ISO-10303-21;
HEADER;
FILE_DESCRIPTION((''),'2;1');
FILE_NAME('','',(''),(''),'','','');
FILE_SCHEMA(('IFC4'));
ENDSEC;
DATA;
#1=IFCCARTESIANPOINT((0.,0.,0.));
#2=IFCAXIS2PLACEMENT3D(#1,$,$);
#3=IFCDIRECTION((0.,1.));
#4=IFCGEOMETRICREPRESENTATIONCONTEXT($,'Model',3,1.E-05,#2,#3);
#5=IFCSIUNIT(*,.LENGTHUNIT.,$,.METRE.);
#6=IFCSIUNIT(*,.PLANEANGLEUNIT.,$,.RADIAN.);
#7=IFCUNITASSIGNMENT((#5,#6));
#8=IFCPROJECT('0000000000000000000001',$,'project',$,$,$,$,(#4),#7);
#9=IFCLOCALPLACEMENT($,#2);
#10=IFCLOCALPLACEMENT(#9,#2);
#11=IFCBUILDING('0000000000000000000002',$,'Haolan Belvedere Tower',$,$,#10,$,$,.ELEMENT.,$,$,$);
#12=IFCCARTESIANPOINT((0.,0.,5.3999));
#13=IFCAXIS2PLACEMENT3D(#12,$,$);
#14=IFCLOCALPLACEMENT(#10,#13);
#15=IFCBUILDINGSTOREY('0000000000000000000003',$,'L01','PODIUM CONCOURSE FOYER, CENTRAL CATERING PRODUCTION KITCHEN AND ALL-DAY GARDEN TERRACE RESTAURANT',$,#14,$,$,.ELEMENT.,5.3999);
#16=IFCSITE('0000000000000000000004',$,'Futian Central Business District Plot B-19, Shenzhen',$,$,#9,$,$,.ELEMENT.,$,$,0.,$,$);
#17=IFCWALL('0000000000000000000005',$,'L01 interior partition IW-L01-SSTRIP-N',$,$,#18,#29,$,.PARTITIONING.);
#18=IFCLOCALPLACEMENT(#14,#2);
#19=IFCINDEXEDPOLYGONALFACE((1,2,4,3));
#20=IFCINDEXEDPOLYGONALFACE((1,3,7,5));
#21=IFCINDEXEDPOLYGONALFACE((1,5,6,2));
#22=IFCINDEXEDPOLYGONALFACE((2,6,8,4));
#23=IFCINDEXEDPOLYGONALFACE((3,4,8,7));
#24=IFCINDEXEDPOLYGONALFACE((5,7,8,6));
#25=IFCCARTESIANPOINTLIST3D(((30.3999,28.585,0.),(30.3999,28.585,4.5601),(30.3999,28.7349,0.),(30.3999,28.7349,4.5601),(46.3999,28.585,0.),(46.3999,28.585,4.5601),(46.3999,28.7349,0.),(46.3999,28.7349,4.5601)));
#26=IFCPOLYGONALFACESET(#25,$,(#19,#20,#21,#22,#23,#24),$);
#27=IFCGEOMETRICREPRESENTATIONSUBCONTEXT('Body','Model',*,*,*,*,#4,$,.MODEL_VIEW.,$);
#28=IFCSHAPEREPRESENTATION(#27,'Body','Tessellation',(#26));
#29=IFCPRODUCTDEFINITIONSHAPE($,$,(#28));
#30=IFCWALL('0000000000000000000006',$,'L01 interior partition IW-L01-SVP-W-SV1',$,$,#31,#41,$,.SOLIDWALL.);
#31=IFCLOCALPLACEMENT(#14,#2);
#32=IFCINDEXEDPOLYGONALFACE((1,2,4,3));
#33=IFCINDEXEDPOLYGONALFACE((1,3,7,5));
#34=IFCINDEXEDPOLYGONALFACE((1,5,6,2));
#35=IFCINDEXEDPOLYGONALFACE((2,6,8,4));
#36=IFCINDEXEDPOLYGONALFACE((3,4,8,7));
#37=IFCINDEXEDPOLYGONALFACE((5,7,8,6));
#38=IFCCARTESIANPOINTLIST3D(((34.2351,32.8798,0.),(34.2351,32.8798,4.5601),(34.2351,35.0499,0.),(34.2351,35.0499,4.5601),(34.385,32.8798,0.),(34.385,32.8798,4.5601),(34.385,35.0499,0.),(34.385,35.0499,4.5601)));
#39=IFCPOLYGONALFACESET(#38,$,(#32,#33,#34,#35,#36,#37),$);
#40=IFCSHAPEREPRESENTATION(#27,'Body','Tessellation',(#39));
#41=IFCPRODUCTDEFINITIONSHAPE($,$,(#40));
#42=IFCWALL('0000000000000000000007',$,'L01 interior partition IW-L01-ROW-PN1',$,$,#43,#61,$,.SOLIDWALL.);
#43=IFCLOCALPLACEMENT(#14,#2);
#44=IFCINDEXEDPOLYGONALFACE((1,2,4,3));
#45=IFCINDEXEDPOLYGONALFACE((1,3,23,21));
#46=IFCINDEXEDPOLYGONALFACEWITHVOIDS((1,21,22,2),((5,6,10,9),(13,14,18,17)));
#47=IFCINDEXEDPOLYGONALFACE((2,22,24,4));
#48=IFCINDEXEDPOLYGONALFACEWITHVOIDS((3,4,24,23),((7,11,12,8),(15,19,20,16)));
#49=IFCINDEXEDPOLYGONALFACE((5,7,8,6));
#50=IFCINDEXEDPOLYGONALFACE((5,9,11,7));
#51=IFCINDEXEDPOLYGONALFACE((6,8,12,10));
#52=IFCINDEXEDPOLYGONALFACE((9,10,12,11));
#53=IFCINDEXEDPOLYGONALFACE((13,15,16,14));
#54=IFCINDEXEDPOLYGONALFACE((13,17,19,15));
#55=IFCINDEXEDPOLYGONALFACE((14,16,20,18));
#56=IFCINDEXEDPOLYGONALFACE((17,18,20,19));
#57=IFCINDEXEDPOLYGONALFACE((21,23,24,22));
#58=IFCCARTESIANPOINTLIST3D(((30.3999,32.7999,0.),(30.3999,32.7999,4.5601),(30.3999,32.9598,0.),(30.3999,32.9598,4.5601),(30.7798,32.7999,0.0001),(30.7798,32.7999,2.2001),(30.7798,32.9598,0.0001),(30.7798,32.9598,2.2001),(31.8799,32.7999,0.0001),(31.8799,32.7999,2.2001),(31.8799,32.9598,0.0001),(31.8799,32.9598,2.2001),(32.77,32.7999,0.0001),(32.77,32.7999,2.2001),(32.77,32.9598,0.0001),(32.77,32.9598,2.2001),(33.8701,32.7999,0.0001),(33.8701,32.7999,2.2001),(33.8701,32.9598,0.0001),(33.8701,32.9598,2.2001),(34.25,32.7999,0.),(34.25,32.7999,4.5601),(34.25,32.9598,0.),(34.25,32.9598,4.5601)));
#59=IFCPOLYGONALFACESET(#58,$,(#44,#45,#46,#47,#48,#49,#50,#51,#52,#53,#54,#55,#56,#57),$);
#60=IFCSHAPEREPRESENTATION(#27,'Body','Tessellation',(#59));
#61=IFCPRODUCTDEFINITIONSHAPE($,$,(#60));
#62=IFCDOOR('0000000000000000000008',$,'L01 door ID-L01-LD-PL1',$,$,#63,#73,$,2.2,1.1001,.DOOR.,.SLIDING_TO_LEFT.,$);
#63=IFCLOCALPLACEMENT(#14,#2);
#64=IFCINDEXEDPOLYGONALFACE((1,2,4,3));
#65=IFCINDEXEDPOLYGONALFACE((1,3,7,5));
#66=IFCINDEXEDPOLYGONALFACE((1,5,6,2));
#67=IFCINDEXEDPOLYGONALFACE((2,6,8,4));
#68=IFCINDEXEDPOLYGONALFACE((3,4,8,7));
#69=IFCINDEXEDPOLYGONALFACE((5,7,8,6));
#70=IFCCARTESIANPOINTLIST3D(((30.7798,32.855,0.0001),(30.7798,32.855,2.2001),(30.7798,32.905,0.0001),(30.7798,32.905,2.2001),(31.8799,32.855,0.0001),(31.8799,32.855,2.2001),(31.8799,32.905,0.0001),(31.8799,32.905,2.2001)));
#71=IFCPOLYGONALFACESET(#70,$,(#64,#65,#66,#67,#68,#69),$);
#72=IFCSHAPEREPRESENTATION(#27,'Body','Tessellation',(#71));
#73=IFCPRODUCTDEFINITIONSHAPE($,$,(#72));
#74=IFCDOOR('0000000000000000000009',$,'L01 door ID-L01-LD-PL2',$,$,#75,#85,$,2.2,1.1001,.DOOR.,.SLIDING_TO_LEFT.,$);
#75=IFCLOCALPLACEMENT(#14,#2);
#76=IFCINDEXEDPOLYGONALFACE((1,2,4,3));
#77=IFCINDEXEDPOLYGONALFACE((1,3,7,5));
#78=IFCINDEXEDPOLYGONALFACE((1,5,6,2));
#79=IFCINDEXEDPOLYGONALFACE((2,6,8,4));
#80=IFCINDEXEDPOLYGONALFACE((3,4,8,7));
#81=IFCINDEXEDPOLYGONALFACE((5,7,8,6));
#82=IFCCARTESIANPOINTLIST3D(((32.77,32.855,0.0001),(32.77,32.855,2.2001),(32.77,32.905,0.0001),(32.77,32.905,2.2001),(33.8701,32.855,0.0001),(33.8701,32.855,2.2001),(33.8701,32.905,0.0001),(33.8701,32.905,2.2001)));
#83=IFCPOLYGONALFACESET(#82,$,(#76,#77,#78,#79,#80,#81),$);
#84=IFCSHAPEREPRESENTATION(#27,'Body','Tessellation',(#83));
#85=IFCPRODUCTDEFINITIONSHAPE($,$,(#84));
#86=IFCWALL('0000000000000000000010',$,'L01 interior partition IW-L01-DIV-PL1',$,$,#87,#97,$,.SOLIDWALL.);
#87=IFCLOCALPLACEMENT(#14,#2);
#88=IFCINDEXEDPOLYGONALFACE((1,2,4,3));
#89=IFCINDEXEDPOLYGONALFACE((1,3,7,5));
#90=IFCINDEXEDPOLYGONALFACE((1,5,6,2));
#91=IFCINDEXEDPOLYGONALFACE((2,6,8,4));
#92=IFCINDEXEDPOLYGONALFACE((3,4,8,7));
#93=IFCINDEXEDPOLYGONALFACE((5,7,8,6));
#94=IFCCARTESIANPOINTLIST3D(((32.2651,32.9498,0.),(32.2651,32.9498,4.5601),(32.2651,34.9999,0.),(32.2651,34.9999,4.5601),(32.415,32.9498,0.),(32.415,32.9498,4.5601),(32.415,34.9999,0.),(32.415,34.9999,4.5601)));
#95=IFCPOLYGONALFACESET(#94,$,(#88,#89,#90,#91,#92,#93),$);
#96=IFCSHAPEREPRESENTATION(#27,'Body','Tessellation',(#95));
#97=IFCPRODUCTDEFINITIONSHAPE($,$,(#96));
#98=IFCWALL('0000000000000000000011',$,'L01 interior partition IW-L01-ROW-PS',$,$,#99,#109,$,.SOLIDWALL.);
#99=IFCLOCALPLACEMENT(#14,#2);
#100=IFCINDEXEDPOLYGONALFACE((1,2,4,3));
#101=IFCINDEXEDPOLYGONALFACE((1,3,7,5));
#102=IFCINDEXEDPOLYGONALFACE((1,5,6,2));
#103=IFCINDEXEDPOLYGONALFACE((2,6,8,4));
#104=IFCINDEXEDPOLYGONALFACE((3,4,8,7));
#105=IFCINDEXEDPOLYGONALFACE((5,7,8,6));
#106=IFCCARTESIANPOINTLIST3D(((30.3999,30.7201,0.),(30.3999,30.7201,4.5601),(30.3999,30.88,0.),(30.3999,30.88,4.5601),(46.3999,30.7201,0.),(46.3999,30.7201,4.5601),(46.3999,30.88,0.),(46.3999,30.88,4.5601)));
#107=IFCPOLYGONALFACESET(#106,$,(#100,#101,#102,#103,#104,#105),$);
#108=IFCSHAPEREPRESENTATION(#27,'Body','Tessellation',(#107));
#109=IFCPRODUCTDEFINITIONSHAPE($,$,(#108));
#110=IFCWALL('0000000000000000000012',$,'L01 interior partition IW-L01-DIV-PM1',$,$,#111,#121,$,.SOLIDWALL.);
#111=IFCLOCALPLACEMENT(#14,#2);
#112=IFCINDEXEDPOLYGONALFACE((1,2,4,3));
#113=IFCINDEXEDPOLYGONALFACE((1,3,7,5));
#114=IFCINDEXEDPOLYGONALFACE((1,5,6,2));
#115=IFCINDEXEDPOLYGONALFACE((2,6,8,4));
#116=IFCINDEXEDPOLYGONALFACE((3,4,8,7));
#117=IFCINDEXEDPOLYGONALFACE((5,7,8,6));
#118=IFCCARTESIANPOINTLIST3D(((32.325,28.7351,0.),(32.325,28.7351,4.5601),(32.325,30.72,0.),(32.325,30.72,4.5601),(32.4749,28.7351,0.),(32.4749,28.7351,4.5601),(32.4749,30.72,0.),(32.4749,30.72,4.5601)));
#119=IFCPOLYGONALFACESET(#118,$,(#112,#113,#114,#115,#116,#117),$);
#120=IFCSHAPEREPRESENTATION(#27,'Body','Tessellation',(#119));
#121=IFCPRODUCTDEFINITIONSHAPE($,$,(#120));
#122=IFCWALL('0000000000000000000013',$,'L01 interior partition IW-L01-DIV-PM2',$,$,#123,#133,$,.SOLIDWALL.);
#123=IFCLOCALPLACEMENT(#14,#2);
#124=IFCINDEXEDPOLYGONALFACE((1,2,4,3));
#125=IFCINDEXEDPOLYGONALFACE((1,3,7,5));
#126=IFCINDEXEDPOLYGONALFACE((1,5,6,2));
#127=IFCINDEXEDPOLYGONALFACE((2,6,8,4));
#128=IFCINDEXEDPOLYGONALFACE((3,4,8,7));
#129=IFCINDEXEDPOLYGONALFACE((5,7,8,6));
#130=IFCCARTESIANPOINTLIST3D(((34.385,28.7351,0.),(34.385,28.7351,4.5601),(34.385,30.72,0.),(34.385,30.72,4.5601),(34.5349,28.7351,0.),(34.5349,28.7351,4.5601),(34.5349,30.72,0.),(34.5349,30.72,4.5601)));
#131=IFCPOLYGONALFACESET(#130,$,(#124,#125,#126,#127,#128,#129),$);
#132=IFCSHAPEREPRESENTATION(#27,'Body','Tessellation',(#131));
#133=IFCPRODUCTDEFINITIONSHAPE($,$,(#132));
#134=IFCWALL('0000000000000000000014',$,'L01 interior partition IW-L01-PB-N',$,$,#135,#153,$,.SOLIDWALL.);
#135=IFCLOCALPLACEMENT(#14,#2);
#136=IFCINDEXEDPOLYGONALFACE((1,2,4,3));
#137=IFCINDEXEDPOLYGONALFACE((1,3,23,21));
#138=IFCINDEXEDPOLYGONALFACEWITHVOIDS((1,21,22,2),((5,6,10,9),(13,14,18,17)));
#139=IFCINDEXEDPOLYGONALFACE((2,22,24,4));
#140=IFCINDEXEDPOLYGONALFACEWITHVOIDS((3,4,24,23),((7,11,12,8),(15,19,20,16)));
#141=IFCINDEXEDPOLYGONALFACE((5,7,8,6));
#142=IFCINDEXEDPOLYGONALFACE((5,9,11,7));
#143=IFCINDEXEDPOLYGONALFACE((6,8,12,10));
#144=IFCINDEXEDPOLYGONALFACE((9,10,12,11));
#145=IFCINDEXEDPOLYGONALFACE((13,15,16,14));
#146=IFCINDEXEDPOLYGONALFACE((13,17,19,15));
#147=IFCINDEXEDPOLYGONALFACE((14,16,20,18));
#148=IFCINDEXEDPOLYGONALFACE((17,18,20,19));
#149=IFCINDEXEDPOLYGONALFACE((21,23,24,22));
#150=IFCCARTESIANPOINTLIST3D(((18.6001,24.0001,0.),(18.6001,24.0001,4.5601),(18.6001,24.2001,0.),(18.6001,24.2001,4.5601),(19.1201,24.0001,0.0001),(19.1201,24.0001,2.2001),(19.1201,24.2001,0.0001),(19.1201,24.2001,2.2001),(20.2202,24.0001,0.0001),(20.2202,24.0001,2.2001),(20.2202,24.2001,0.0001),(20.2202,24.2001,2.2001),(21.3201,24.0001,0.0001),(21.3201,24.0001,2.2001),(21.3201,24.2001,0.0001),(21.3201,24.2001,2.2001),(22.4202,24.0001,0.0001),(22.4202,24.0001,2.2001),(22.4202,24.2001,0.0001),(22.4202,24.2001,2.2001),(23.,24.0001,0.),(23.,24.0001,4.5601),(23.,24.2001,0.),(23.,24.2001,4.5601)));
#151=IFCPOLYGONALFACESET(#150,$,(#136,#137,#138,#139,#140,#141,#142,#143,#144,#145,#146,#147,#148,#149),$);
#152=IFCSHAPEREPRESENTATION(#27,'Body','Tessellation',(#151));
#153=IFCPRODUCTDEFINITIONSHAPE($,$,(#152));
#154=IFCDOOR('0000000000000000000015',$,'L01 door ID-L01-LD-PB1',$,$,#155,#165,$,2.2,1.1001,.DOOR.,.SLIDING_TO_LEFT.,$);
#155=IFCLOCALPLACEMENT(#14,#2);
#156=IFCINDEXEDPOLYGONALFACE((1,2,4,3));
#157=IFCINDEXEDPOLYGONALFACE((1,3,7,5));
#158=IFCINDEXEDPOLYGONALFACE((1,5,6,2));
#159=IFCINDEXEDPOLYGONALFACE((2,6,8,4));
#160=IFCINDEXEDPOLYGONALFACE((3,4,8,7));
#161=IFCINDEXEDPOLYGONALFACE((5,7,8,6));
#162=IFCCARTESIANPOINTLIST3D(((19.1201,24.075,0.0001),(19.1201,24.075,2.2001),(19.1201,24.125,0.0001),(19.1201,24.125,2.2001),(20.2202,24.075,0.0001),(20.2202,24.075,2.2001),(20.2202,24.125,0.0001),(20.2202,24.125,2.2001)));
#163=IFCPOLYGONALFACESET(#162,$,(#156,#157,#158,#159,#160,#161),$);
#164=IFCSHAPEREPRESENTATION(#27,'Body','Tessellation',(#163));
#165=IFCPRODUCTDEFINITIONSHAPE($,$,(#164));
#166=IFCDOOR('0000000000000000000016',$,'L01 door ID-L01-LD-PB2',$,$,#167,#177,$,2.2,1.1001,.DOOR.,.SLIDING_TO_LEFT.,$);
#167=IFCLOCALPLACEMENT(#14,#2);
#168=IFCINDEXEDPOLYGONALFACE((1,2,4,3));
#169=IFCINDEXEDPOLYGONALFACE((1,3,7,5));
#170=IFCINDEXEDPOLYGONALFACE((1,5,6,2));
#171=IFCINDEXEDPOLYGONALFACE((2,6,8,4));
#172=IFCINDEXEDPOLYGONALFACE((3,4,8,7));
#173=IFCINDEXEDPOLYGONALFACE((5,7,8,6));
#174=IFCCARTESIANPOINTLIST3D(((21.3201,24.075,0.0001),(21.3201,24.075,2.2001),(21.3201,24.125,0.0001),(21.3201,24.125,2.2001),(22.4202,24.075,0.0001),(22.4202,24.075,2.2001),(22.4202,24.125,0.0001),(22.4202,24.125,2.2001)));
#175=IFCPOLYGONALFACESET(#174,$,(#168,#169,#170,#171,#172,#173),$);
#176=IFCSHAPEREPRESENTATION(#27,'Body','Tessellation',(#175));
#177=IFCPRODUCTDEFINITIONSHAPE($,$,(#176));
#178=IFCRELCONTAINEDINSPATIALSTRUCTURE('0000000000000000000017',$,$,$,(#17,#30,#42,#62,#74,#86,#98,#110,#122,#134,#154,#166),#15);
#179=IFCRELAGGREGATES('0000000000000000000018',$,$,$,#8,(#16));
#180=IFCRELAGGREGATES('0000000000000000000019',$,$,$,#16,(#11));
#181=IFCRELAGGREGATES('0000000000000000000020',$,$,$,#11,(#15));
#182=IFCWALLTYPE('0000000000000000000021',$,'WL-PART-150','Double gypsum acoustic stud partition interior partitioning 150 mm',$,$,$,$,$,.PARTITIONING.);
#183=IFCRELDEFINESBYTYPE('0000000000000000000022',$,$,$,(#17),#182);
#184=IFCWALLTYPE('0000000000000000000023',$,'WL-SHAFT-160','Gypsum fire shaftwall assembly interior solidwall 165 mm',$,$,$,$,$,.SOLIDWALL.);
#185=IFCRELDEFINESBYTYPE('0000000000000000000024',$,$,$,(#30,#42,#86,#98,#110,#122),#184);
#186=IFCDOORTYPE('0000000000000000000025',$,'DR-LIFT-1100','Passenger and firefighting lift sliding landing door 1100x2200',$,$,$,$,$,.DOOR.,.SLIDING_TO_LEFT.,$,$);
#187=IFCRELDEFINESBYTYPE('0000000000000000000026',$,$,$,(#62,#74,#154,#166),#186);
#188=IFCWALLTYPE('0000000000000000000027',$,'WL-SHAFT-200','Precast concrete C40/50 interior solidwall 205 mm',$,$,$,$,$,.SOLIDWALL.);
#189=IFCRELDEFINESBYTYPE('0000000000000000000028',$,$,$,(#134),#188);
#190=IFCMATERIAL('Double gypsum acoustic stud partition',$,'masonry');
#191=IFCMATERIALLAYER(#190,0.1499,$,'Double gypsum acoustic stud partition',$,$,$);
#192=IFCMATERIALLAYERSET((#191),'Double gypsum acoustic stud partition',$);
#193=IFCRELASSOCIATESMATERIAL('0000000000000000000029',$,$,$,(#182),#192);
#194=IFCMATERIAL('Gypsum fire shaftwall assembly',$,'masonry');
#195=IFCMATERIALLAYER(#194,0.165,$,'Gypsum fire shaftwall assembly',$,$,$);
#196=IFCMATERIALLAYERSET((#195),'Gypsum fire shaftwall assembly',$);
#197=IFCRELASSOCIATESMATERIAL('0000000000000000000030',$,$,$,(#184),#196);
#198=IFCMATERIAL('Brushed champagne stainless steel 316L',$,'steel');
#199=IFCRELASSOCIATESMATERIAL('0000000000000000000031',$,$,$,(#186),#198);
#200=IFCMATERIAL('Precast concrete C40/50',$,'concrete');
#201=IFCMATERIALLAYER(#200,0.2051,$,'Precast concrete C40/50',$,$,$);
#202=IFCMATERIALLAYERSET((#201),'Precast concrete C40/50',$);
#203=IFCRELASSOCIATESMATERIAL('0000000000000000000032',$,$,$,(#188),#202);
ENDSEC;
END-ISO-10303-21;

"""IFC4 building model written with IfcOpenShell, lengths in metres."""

from ifc_helpers import new_model, si_unit, direction, frame, frame_2d, origin, place, context, subcontext, project, spatial, rectangle, extrude, material, layer, layer_set, type_object, element, fill, save


model = new_model("IFC4")

# Units and contexts
model_context = context("Model", 3, precision=1e-05, world=origin(), true_north=direction((0.0, 1.0)))
body_context = subcontext(model_context, "Body", "Model", "MODEL_VIEW")
ifc_project = project(units=[si_unit("LENGTHUNIT", "METRE"), si_unit("PLANEANGLEUNIT", "RADIAN")], contexts=[model_context])

# Site, building, storey
site_placement = place(None, origin())
site = spatial("IfcSite", under=ifc_project, at=site_placement, Name="Futian Central Business District Plot B-19, Shenzhen", CompositionType="ELEMENT", RefElevation=0.0)
building_placement = place(site_placement, origin())
building = spatial("IfcBuilding", under=site, at=building_placement, Name="Haolan Belvedere Tower", CompositionType="ELEMENT")
storey_placement = place(building_placement, frame((0.0, 0.0, 5.3999)))
storey = spatial("IfcBuildingStorey", under=building, at=storey_placement, Name="L01", Description="PODIUM CONCOURSE FOYER, CENTRAL CATERING PRODUCTION KITCHEN AND ALL-DAY GARDEN TERRACE RESTAURANT", CompositionType="ELEMENT", Elevation=5.3999)

# Walls
ifc_material_1 = material(Name="Double gypsum acoustic stud partition", Category="masonry")
ifc_layer_1 = layer(ifc_material_1, 0.1499, Name="Double gypsum acoustic stud partition")
ifc_layer_set_1 = layer_set([ifc_layer_1], Name="Double gypsum acoustic stud partition")
wall_type_1 = type_object("IfcWallType", Name="WL-PART-150", Description="Double gypsum acoustic stud partition interior partitioning 150 mm", PredefinedType="PARTITIONING", material=ifc_layer_set_1)
wall_1_placement = place(storey_placement, frame((30.3999, 28.6599, 0.0), z_axis=(0.0, 0.0, 1.0), x_axis=(1.0, 0.0, 0.0)))
element("IfcWall", 1, at=wall_1_placement, inside=storey, type_object=wall_type_1, Name="L01 interior partition IW-L01-SSTRIP-N", PredefinedType="PARTITIONING", context=body_context, shape_type="SweptSolid", body=[
    extrude(rectangle(XDim=16.0, YDim=0.1499, at=frame_2d((8.0, 0.0))), origin(), (0.0, 0.0, 1.0), 4.5601),
])
ifc_material_2 = material(Name="Gypsum fire shaftwall assembly", Category="masonry")
ifc_layer_2 = layer(ifc_material_2, 0.165, Name="Gypsum fire shaftwall assembly")
ifc_layer_set_2 = layer_set([ifc_layer_2], Name="Gypsum fire shaftwall assembly")
wall_type_2 = type_object("IfcWallType", Name="WL-SHAFT-160", Description="Gypsum fire shaftwall assembly interior solidwall 165 mm", PredefinedType="SOLIDWALL", material=ifc_layer_set_2)
wall_2_placement = place(storey_placement, frame((34.3101, 32.8799, 0.0), z_axis=(0.0, 0.0, 1.0), x_axis=(0.0, 1.0, 0.0)))
element("IfcWall", 2, at=wall_2_placement, inside=storey, type_object=wall_type_2, Name="L01 interior partition IW-L01-SVP-W-SV1", PredefinedType="SOLIDWALL", context=body_context, shape_type="SweptSolid", body=[
    extrude(rectangle(XDim=2.1702, YDim=0.1499, at=frame_2d((1.085, 0.0))), origin(), (0.0, 0.0, 1.0), 4.5601),
])

# Wall, openings, doors
wall_3_placement = place(storey_placement, frame((30.3999, 32.8799, 0.0), z_axis=(0.0, 0.0, 1.0), x_axis=(1.0, 0.0, 0.0)))
wall_3 = element("IfcWall", 3, at=wall_3_placement, inside=storey, type_object=wall_type_2, Name="L01 interior partition IW-L01-ROW-PN1", PredefinedType="SOLIDWALL", context=body_context, shape_type="SweptSolid", body=[
    extrude(rectangle(XDim=3.8501, YDim=0.1599, at=frame_2d((1.925, 0.0))), origin(), (0.0, 0.0, 1.0), 4.5601),
])
opening_1_placement = place(wall_3_placement, frame((1.48, 0.0, 0.0), z_axis=(0.0, 0.0, 1.0), x_axis=(-1.0, 0.0, 0.0)))
opening_1 = element("IfcOpeningElement", 4, at=opening_1_placement, cuts=wall_3, PredefinedType="OPENING", context=body_context, shape_type="SweptSolid", body=[
    extrude(rectangle(XDim=1.1001, YDim=2.2, at=frame_2d((0.55, 1.1001))), frame((0.0, 0.0898, 0.0), z_axis=(0.0, -1.0, 0.0), x_axis=(1.0, 0.0, 0.0)), (0.0, 0.0, 1.0), 0.1799),
])
opening_2_placement = place(wall_3_placement, frame((3.4702, 0.0, 0.0), z_axis=(0.0, 0.0, 1.0), x_axis=(-1.0, 0.0, 0.0)))
opening_2 = element("IfcOpeningElement", 5, at=opening_2_placement, cuts=wall_3, PredefinedType="OPENING", context=body_context, shape_type="SweptSolid", body=[
    extrude(rectangle(XDim=1.1001, YDim=2.2, at=frame_2d((0.55, 1.1001))), frame((0.0, 0.0898, 0.0), z_axis=(0.0, -1.0, 0.0), x_axis=(1.0, 0.0, 0.0)), (0.0, 0.0, 1.0), 0.1799),
])
ifc_material_3 = material(Name="Brushed champagne stainless steel 316L", Category="steel")
door_type_1 = type_object("IfcDoorType", Name="DR-LIFT-1100", Description="Passenger and firefighting lift sliding landing door 1100x2200", OperationType="SLIDING_TO_LEFT", PredefinedType="DOOR", material=ifc_material_3)
door_1_placement = place(opening_1_placement, origin())
door_1 = element("IfcDoor", 6, at=door_1_placement, inside=storey, type_object=door_type_1, Name="L01 door ID-L01-LD-PL1", OperationType="SLIDING_TO_LEFT", OverallHeight=2.2, OverallWidth=1.1001, PredefinedType="DOOR", context=body_context, shape_type="SweptSolid", body=[
    extrude(rectangle(XDim=1.1001, YDim=2.2, at=frame_2d((0.55, 1.1001))), frame((0.0, 0.0249, 0.0), z_axis=(0.0, -1.0, 0.0), x_axis=(1.0, 0.0, 0.0)), (0.0, 0.0, 1.0), 0.05),
])
fill(opening_1, door_1)
door_2_placement = place(opening_2_placement, origin())
door_2 = element("IfcDoor", 7, at=door_2_placement, inside=storey, type_object=door_type_1, Name="L01 door ID-L01-LD-PL2", OperationType="SLIDING_TO_LEFT", OverallHeight=2.2, OverallWidth=1.1001, PredefinedType="DOOR", context=body_context, shape_type="SweptSolid", body=[
    extrude(rectangle(XDim=1.1001, YDim=2.2, at=frame_2d((0.55, 1.1001))), frame((0.0, 0.0249, 0.0), z_axis=(0.0, -1.0, 0.0), x_axis=(1.0, 0.0, 0.0)), (0.0, 0.0, 1.0), 0.05),
])
fill(opening_2, door_2)

# Walls
wall_4_placement = place(storey_placement, frame((32.3401, 32.95, 0.0), z_axis=(0.0, 0.0, 1.0), x_axis=(0.0, 1.0, 0.0)))
element("IfcWall", 8, at=wall_4_placement, inside=storey, type_object=wall_type_2, Name="L01 interior partition IW-L01-DIV-PL1", PredefinedType="SOLIDWALL", context=body_context, shape_type="SweptSolid", body=[
    extrude(rectangle(XDim=2.05, YDim=0.1499, at=frame_2d((1.0249, 0.0))), origin(), (0.0, 0.0, 1.0), 4.5601),
])
wall_5_placement = place(storey_placement, frame((30.3999, 30.8, 0.0), z_axis=(0.0, 0.0, 1.0), x_axis=(1.0, 0.0, 0.0)))
element("IfcWall", 9, at=wall_5_placement, inside=storey, type_object=wall_type_2, Name="L01 interior partition IW-L01-ROW-PS", PredefinedType="SOLIDWALL", context=body_context, shape_type="SweptSolid", body=[
    extrude(rectangle(XDim=16.0, YDim=0.1599, at=frame_2d((8.0, 0.0))), origin(), (0.0, 0.0, 1.0), 4.5601),
])
for number, where, z_axis, x_axis, name in (
    (10, (32.3999, 28.7351, 0.0), (0.0, 0.0, 1.0), (0.0, 1.0, 0.0), "L01 interior partition IW-L01-DIV-PM1"),
    (11, (34.46, 28.7351, 0.0), (0.0, 0.0, 1.0), (0.0, 1.0, 0.0), "L01 interior partition IW-L01-DIV-PM2"),
):
    element("IfcWall", number, at=place(storey_placement, frame(where, z_axis=z_axis, x_axis=x_axis)), inside=storey, type_object=wall_type_2, Name=name, PredefinedType="SOLIDWALL", context=body_context, shape_type="SweptSolid", body=[
        extrude(rectangle(XDim=1.9849, YDim=0.1499, at=frame_2d((0.9924, 0.0))), origin(), (0.0, 0.0, 1.0), 4.5601),
    ])

# Wall, openings, doors
ifc_material_4 = material(Name="Precast concrete C40/50", Category="concrete")
ifc_layer_3 = layer(ifc_material_4, 0.2051, Name="Precast concrete C40/50")
ifc_layer_set_3 = layer_set([ifc_layer_3], Name="Precast concrete C40/50")
wall_type_3 = type_object("IfcWallType", Name="WL-SHAFT-200", Description="Precast concrete C40/50 interior solidwall 205 mm", PredefinedType="SOLIDWALL", material=ifc_layer_set_3)
wall_6_placement = place(storey_placement, frame((18.6001, 24.1001, 0.0), z_axis=(0.0, 0.0, 1.0), x_axis=(1.0, 0.0, 0.0)))
wall_6 = element("IfcWall", 12, at=wall_6_placement, inside=storey, type_object=wall_type_3, Name="L01 interior partition IW-L01-PB-N", PredefinedType="SOLIDWALL", context=body_context, shape_type="SweptSolid", body=[
    extrude(rectangle(XDim=4.3999, YDim=0.2, at=frame_2d((2.2, 0.0))), origin(), (0.0, 0.0, 1.0), 4.5601),
])
opening_3_placement = place(wall_6_placement, frame((0.52, 0.0, 0.0)))
opening_3 = element("IfcOpeningElement", 13, at=opening_3_placement, cuts=wall_6, PredefinedType="OPENING", context=body_context, shape_type="SweptSolid", body=[
    extrude(rectangle(XDim=1.1001, YDim=2.2, at=frame_2d((0.55, 1.1001))), frame((0.0, 0.1099, 0.0), z_axis=(0.0, -1.0, 0.0), x_axis=(1.0, 0.0, 0.0)), (0.0, 0.0, 1.0), 0.22),
])
opening_4_placement = place(wall_6_placement, frame((2.72, 0.0, 0.0)))
opening_4 = element("IfcOpeningElement", 14, at=opening_4_placement, cuts=wall_6, PredefinedType="OPENING", context=body_context, shape_type="SweptSolid", body=[
    extrude(rectangle(XDim=1.1001, YDim=2.2, at=frame_2d((0.55, 1.1001))), frame((0.0, 0.1099, 0.0), z_axis=(0.0, -1.0, 0.0), x_axis=(1.0, 0.0, 0.0)), (0.0, 0.0, 1.0), 0.22),
])
door_3_placement = place(opening_3_placement, origin())
door_3 = element("IfcDoor", 15, at=door_3_placement, inside=storey, type_object=door_type_1, Name="L01 door ID-L01-LD-PB1", OperationType="SLIDING_TO_LEFT", OverallHeight=2.2, OverallWidth=1.1001, PredefinedType="DOOR", context=body_context, shape_type="SweptSolid", body=[
    extrude(rectangle(XDim=1.1001, YDim=2.2, at=frame_2d((0.55, 1.1001))), frame((0.0, 0.0249, 0.0), z_axis=(0.0, -1.0, 0.0), x_axis=(1.0, 0.0, 0.0)), (0.0, 0.0, 1.0), 0.05),
])
fill(opening_3, door_3)
door_4_placement = place(opening_4_placement, origin())
door_4 = element("IfcDoor", 16, at=door_4_placement, inside=storey, type_object=door_type_1, Name="L01 door ID-L01-LD-PB2", OperationType="SLIDING_TO_LEFT", OverallHeight=2.2, OverallWidth=1.1001, PredefinedType="DOOR", context=body_context, shape_type="SweptSolid", body=[
    extrude(rectangle(XDim=1.1001, YDim=2.2, at=frame_2d((0.55, 1.1001))), frame((0.0, 0.0249, 0.0), z_axis=(0.0, -1.0, 0.0), x_axis=(1.0, 0.0, 0.0)), (0.0, 0.0, 1.0), 0.05),
])
fill(opening_4, door_4)

save(model, "model.ifc")
